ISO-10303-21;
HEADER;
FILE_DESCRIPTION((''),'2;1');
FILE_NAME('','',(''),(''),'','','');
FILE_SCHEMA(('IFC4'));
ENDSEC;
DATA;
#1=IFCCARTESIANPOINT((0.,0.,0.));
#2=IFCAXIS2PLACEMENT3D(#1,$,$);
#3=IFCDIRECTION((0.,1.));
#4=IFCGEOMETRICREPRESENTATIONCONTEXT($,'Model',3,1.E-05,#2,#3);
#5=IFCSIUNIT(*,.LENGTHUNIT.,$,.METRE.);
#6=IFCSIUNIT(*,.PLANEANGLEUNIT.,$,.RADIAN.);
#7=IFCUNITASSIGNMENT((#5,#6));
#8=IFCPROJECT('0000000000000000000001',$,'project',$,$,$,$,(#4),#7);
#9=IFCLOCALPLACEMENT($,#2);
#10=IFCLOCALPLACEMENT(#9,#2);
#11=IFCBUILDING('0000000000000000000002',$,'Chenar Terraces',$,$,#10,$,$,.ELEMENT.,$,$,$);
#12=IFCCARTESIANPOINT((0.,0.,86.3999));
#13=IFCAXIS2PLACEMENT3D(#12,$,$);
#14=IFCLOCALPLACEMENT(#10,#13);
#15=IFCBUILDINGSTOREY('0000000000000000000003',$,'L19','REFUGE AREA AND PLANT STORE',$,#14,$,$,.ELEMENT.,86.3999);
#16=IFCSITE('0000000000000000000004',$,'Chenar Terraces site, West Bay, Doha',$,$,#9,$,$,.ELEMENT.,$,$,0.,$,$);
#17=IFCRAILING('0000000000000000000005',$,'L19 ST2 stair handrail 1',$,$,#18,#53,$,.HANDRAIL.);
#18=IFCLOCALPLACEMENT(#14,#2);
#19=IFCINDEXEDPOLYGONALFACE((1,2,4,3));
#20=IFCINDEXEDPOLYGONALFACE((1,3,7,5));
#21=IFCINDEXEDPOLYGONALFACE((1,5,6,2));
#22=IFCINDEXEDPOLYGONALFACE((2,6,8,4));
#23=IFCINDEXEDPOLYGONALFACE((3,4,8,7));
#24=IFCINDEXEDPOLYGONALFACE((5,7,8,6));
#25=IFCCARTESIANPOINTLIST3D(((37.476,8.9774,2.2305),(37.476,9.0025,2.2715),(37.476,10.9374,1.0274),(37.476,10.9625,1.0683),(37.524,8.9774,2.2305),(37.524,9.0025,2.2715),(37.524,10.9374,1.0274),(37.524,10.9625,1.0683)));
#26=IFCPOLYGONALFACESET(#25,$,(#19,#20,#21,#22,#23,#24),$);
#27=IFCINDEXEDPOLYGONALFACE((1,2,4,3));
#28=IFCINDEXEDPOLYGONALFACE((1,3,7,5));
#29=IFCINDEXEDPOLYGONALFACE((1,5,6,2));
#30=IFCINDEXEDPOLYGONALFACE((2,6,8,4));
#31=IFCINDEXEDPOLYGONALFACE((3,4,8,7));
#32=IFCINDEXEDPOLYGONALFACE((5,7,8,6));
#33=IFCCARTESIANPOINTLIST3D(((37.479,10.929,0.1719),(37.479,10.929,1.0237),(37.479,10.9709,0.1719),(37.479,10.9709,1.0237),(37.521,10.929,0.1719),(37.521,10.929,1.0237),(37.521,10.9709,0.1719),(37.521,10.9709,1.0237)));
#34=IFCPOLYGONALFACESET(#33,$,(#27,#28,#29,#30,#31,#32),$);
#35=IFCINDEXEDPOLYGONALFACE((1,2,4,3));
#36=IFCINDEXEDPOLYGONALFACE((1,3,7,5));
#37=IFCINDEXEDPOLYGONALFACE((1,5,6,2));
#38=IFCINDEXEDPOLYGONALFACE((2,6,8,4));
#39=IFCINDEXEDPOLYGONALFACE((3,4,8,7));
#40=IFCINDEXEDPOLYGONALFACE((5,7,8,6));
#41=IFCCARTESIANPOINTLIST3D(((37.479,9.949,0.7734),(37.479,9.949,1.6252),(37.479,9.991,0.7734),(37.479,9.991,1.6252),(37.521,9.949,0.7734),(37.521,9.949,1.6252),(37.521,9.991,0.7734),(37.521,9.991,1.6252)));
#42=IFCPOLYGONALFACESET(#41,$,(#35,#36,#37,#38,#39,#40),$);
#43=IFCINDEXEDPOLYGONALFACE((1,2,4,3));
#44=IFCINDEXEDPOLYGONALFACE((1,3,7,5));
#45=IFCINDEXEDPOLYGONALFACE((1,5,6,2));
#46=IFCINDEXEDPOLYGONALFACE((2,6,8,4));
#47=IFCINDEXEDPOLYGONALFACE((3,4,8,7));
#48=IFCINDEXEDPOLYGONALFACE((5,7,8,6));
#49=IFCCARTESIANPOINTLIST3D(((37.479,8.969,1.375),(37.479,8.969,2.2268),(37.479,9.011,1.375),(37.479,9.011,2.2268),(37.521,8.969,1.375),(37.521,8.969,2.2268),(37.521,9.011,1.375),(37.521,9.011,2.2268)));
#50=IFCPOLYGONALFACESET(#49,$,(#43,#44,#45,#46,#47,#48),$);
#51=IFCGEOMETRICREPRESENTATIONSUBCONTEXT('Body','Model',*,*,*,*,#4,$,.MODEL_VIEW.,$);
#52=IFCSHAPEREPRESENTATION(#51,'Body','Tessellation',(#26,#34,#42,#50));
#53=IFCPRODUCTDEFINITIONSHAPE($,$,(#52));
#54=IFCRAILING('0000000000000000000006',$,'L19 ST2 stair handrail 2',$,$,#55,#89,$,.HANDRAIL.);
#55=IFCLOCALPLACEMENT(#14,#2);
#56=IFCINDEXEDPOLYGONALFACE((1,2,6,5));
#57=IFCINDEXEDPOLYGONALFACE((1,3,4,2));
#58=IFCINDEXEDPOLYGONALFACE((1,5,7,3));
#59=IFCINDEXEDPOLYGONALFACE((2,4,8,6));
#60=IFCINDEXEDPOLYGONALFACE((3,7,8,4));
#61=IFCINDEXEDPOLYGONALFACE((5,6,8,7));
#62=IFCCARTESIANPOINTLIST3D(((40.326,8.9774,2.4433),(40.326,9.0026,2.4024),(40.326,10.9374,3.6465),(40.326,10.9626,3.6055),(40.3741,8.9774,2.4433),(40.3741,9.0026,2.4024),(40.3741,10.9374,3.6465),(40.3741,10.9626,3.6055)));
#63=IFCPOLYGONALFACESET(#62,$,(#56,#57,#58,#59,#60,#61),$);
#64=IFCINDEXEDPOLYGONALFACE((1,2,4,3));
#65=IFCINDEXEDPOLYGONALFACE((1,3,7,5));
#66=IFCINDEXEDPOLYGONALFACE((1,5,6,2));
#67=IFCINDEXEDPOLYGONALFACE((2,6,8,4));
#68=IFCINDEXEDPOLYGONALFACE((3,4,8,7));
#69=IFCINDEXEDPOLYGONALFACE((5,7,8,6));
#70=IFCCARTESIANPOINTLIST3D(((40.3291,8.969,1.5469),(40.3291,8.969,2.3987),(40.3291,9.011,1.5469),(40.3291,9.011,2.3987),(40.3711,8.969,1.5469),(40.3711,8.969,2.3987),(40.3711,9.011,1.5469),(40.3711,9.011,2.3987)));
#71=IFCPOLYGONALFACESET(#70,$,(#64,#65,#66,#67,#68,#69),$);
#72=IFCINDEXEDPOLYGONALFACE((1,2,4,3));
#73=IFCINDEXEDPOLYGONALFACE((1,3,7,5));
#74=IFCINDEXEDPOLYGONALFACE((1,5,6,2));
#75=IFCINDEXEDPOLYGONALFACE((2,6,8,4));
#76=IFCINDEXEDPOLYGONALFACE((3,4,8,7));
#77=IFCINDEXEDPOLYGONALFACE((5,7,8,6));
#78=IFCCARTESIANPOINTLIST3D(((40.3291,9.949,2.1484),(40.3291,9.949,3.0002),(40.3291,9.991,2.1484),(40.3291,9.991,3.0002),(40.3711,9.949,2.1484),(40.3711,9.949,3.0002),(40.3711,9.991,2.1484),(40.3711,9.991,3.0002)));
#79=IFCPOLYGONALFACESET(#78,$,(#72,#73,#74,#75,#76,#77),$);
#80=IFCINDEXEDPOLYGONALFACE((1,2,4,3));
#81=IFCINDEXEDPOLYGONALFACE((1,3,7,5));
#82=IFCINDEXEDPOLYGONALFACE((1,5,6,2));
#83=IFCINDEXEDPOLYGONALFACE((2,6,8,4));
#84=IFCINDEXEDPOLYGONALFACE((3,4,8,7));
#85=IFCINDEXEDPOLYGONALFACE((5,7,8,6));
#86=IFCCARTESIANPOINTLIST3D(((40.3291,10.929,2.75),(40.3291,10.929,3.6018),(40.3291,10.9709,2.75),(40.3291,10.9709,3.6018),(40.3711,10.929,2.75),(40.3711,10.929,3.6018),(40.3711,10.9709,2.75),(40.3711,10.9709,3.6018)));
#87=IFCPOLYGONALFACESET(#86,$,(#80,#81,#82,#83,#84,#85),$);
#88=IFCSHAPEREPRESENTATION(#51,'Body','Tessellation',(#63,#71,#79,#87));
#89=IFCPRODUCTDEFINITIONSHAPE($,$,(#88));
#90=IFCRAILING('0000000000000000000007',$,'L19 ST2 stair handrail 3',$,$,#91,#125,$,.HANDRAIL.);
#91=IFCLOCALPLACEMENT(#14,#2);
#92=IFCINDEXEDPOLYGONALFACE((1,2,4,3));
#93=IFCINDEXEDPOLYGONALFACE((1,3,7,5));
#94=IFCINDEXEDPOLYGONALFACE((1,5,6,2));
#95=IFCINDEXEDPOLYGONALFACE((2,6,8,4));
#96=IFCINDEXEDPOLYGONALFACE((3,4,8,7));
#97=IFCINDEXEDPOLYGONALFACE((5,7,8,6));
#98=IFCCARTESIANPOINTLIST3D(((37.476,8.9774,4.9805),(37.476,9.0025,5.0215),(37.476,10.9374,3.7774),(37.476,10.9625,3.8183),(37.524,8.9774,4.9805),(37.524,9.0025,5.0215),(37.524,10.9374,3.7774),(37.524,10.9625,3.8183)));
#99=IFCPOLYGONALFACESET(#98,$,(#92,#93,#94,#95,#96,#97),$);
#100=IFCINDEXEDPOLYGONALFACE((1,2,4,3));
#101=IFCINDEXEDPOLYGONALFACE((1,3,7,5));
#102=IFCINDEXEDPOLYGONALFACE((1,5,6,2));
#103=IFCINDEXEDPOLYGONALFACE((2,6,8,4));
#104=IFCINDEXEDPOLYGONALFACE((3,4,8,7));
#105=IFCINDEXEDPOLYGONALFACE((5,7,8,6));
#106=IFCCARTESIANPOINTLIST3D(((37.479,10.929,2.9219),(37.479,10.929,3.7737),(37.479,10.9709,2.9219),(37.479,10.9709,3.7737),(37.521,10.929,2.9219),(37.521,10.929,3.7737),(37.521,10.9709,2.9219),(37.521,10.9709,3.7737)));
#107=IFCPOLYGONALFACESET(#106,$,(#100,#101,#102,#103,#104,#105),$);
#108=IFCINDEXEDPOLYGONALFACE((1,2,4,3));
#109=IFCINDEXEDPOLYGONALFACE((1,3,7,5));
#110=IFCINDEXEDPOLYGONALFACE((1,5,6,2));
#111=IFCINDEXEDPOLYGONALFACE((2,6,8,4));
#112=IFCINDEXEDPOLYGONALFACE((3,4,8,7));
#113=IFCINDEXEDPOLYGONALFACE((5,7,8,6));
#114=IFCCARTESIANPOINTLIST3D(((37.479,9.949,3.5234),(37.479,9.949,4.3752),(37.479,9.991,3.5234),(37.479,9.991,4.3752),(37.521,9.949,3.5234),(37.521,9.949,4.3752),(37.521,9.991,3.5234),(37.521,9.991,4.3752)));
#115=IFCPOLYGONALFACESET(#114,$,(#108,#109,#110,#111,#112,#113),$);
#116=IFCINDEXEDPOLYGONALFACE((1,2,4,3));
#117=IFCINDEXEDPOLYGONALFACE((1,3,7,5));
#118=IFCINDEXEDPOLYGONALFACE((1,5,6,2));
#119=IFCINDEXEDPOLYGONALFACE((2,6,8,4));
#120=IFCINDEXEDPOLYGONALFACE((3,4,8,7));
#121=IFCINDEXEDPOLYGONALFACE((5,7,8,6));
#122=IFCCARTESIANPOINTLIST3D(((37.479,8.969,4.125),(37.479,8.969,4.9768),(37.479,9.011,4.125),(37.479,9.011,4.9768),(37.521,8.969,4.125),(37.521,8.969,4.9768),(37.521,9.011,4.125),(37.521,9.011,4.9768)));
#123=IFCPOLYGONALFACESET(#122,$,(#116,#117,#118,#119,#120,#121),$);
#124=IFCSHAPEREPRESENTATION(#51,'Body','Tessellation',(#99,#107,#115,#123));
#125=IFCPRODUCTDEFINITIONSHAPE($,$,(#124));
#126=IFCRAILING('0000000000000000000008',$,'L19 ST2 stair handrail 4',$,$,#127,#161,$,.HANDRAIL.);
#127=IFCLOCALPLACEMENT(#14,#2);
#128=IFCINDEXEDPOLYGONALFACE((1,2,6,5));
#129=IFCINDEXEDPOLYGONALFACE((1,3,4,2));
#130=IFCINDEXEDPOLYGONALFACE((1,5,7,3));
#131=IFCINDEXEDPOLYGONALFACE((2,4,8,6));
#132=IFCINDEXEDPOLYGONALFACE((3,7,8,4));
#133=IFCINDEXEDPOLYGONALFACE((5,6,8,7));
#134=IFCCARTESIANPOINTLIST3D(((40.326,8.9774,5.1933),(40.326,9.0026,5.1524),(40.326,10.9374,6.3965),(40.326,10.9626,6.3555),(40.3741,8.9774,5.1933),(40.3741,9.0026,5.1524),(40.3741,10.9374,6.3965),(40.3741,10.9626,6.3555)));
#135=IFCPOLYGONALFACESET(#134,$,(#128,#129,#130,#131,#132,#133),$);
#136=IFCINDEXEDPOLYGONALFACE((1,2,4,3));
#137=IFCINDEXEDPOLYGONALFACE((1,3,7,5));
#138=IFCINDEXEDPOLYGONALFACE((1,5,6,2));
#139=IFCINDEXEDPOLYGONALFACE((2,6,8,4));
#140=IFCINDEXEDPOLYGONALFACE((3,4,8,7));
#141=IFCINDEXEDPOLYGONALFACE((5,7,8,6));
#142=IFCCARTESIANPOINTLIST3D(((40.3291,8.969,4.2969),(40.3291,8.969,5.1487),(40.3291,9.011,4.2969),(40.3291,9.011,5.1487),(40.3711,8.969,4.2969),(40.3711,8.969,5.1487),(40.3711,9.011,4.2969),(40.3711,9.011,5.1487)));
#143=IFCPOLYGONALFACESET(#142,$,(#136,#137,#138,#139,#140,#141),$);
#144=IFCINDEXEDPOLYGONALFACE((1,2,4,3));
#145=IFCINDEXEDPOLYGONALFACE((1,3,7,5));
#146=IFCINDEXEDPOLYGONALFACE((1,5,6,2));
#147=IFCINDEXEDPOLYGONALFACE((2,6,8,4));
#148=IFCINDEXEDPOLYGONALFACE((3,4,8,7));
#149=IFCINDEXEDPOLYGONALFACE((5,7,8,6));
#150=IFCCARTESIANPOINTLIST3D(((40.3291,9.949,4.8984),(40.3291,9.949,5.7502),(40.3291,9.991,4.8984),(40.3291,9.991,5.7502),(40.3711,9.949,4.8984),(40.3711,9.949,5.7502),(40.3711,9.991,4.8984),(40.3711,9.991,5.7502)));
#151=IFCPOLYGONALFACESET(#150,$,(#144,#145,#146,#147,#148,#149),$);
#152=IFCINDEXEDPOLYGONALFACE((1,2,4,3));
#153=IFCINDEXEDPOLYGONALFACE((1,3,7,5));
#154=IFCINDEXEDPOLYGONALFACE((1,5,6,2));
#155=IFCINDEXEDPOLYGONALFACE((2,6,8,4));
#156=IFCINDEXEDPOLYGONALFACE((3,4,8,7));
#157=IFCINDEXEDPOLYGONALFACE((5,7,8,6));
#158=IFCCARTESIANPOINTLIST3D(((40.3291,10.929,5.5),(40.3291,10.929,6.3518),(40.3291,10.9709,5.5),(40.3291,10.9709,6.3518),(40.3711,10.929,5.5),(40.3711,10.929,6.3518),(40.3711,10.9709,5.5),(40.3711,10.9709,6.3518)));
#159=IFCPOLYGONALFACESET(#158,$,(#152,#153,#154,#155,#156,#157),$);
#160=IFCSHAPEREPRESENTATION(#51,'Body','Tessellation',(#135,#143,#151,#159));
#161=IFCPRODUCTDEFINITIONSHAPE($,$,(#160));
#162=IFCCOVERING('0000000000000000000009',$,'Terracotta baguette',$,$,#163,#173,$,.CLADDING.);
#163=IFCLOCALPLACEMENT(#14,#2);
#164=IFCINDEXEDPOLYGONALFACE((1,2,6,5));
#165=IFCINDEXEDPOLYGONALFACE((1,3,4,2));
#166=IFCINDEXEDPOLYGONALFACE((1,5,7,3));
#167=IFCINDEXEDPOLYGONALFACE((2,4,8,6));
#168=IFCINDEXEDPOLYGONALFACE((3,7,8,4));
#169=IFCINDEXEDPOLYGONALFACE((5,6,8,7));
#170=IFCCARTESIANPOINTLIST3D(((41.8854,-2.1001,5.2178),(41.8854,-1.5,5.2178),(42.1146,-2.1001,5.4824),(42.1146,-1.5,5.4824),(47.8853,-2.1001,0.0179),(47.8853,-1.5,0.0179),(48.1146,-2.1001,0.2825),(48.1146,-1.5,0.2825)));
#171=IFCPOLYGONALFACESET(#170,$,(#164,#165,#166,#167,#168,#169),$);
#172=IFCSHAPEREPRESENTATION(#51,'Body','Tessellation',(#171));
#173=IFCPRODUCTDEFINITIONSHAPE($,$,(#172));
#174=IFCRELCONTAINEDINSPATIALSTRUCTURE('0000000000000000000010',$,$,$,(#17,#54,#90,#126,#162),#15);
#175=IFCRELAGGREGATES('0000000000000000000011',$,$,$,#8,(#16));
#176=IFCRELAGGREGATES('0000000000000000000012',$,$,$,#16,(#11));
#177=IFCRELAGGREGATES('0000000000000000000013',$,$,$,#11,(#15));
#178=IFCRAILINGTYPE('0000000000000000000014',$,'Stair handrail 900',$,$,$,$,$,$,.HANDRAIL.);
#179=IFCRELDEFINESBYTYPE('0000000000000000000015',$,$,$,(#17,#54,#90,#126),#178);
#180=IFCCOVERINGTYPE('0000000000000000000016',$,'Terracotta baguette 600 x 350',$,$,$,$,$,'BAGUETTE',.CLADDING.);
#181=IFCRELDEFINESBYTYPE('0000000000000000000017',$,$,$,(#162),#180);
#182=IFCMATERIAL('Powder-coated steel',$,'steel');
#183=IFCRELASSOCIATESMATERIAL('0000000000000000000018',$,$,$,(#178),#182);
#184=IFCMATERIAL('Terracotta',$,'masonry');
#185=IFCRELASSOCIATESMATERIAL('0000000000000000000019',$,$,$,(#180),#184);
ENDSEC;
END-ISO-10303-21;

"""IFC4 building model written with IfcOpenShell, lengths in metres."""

from ifc_helpers import new_model, si_unit, direction, frame, origin, origin_2d, place, context, subcontext, project, spatial, rectangle, extrude, material, material_profile, profile_set, type_object, element, save


model = new_model("IFC4")

# Units and contexts
model_context = context("Model", 3, precision=1e-05, world=origin(), true_north=direction((0.0, 1.0)))
body_context = subcontext(model_context, "Body", "Model", "MODEL_VIEW")
ifc_project = project(units=[si_unit("LENGTHUNIT", "METRE"), si_unit("PLANEANGLEUNIT", "RADIAN")], contexts=[model_context])

# Site, building, storey
site_placement = place(None, origin())
site = spatial("IfcSite", under=ifc_project, at=site_placement, Name="Chenar Terraces site, West Bay, Doha", CompositionType="ELEMENT", RefElevation=0.0)
building_placement = place(site_placement, origin())
building = spatial("IfcBuilding", under=site, at=building_placement, Name="Chenar Terraces", CompositionType="ELEMENT")
storey_placement = place(building_placement, frame((0.0, 0.0, 86.3999)))
storey = spatial("IfcBuildingStorey", under=building, at=storey_placement, Name="L19", Description="REFUGE AREA AND PLANT STORE", CompositionType="ELEMENT", Elevation=86.3999)

# Railings
ifc_material_1 = material(Name="Powder-coated steel", Category="steel")
railing_type_1 = type_object("IfcRailingType", Name="Stair handrail 900", PredefinedType="HANDRAIL", material=ifc_material_1)
railing_1_placement = place(storey_placement, frame((37.5, 10.95, 0.1719)))
element("IfcRailing", 1, at=railing_1_placement, inside=storey, type_object=railing_type_1, Name="L19 ST2 stair handrail 1", PredefinedType="HANDRAIL", context=body_context, shape_type="SweptSolid", body=[
    extrude(rectangle(XDim=0.0481, YDim=0.0481, at=origin_2d()), frame((0.0, 0.0, 0.876), z_axis=(0.0, -0.852241, 0.523149), x_axis=(1.0, 0.0, 0.0)), (0.0, 0.0, 1.0), 2.2998),
    extrude(rectangle(XDim=0.042, YDim=0.042, at=origin_2d()), origin(), (0.0, 0.0, 1.0), 0.8518),
    extrude(rectangle(XDim=0.042, YDim=0.042, at=origin_2d()), frame((0.0, -0.98, 0.6016)), (0.0, 0.0, 1.0), 0.8518),
    extrude(rectangle(XDim=0.042, YDim=0.042, at=origin_2d()), frame((0.0, -1.96, 1.2031)), (0.0, 0.0, 1.0), 0.8518),
])
railing_2_placement = place(storey_placement, frame((40.3501, 8.99, 1.5469)))
element("IfcRailing", 2, at=railing_2_placement, inside=storey, type_object=railing_type_1, Name="L19 ST2 stair handrail 2", PredefinedType="HANDRAIL", context=body_context, shape_type="SweptSolid", body=[
    extrude(rectangle(XDim=0.0481, YDim=0.0481, at=origin_2d()), frame((0.0, 0.0, 0.876), z_axis=(0.0, 0.852241, 0.523149), x_axis=(-1.0, 0.0, 0.0)), (0.0, 0.0, 1.0), 2.2998),
    extrude(rectangle(XDim=0.042, YDim=0.042, at=origin_2d()), origin(), (0.0, 0.0, 1.0), 0.8518),
    extrude(rectangle(XDim=0.042, YDim=0.042, at=origin_2d()), frame((0.0, 0.98, 0.6016)), (0.0, 0.0, 1.0), 0.8518),
    extrude(rectangle(XDim=0.042, YDim=0.042, at=origin_2d()), frame((0.0, 1.96, 1.2031)), (0.0, 0.0, 1.0), 0.8518),
])
railing_3_placement = place(storey_placement, frame((37.5, 10.95, 2.9219)))
element("IfcRailing", 3, at=railing_3_placement, inside=storey, type_object=railing_type_1, Name="L19 ST2 stair handrail 3", PredefinedType="HANDRAIL", context=body_context, shape_type="SweptSolid", body=[
    extrude(rectangle(XDim=0.0481, YDim=0.0481, at=origin_2d()), frame((0.0, 0.0, 0.876), z_axis=(0.0, -0.852241, 0.523149), x_axis=(1.0, 0.0, 0.0)), (0.0, 0.0, 1.0), 2.2998),
    extrude(rectangle(XDim=0.042, YDim=0.042, at=origin_2d()), origin(), (0.0, 0.0, 1.0), 0.8518),
    extrude(rectangle(XDim=0.042, YDim=0.042, at=origin_2d()), frame((0.0, -0.98, 0.6016)), (0.0, 0.0, 1.0), 0.8518),
    extrude(rectangle(XDim=0.042, YDim=0.042, at=origin_2d()), frame((0.0, -1.96, 1.2031)), (0.0, 0.0, 1.0), 0.8518),
])
railing_4_placement = place(storey_placement, frame((40.3501, 8.99, 4.2969)))
element("IfcRailing", 4, at=railing_4_placement, inside=storey, type_object=railing_type_1, Name="L19 ST2 stair handrail 4", PredefinedType="HANDRAIL", context=body_context, shape_type="SweptSolid", body=[
    extrude(rectangle(XDim=0.0481, YDim=0.0481, at=origin_2d()), frame((0.0, 0.0, 0.876), z_axis=(0.0, 0.852241, 0.523149), x_axis=(-1.0, 0.0, 0.0)), (0.0, 0.0, 1.0), 2.2998),
    extrude(rectangle(XDim=0.042, YDim=0.042, at=origin_2d()), origin(), (0.0, 0.0, 1.0), 0.8518),
    extrude(rectangle(XDim=0.042, YDim=0.042, at=origin_2d()), frame((0.0, 0.98, 0.6016)), (0.0, 0.0, 1.0), 0.8518),
    extrude(rectangle(XDim=0.042, YDim=0.042, at=origin_2d()), frame((0.0, 1.96, 1.2031)), (0.0, 0.0, 1.0), 0.8518),
])

# Covering
ifc_material_2 = material(Name="Terracotta", Category="masonry")
ifc_material_profile_1 = material_profile(ifc_material_2, rectangle(XDim=0.6001, YDim=0.3501, at=origin_2d()), Name="Terracotta baguette 600 x 350")
ifc_profile_set_1 = profile_set([ifc_material_profile_1], Name="Terracotta")
covering_type = type_object("IfcCoveringType", Name="Terracotta baguette 600 x 350", ElementType="BAGUETTE", PredefinedType="CLADDING", material=ifc_profile_set_1)
covering_placement = place(storey_placement, frame((42.0, -1.8, 5.3501), z_axis=(0.755692, 0.0, -0.654927), x_axis=(0.0, 1.0, 0.0)))
element("IfcCovering", 5, at=covering_placement, inside=storey, type_object=covering_type, Name="Terracotta baguette", PredefinedType="CLADDING", context=body_context, shape_type="SweptSolid", body=[
    extrude(rectangle(XDim=0.6001, YDim=0.3501, at=origin_2d()), origin(), (0.0, 0.0, 1.0), 7.9397),
])

save(model, "model.ifc")
